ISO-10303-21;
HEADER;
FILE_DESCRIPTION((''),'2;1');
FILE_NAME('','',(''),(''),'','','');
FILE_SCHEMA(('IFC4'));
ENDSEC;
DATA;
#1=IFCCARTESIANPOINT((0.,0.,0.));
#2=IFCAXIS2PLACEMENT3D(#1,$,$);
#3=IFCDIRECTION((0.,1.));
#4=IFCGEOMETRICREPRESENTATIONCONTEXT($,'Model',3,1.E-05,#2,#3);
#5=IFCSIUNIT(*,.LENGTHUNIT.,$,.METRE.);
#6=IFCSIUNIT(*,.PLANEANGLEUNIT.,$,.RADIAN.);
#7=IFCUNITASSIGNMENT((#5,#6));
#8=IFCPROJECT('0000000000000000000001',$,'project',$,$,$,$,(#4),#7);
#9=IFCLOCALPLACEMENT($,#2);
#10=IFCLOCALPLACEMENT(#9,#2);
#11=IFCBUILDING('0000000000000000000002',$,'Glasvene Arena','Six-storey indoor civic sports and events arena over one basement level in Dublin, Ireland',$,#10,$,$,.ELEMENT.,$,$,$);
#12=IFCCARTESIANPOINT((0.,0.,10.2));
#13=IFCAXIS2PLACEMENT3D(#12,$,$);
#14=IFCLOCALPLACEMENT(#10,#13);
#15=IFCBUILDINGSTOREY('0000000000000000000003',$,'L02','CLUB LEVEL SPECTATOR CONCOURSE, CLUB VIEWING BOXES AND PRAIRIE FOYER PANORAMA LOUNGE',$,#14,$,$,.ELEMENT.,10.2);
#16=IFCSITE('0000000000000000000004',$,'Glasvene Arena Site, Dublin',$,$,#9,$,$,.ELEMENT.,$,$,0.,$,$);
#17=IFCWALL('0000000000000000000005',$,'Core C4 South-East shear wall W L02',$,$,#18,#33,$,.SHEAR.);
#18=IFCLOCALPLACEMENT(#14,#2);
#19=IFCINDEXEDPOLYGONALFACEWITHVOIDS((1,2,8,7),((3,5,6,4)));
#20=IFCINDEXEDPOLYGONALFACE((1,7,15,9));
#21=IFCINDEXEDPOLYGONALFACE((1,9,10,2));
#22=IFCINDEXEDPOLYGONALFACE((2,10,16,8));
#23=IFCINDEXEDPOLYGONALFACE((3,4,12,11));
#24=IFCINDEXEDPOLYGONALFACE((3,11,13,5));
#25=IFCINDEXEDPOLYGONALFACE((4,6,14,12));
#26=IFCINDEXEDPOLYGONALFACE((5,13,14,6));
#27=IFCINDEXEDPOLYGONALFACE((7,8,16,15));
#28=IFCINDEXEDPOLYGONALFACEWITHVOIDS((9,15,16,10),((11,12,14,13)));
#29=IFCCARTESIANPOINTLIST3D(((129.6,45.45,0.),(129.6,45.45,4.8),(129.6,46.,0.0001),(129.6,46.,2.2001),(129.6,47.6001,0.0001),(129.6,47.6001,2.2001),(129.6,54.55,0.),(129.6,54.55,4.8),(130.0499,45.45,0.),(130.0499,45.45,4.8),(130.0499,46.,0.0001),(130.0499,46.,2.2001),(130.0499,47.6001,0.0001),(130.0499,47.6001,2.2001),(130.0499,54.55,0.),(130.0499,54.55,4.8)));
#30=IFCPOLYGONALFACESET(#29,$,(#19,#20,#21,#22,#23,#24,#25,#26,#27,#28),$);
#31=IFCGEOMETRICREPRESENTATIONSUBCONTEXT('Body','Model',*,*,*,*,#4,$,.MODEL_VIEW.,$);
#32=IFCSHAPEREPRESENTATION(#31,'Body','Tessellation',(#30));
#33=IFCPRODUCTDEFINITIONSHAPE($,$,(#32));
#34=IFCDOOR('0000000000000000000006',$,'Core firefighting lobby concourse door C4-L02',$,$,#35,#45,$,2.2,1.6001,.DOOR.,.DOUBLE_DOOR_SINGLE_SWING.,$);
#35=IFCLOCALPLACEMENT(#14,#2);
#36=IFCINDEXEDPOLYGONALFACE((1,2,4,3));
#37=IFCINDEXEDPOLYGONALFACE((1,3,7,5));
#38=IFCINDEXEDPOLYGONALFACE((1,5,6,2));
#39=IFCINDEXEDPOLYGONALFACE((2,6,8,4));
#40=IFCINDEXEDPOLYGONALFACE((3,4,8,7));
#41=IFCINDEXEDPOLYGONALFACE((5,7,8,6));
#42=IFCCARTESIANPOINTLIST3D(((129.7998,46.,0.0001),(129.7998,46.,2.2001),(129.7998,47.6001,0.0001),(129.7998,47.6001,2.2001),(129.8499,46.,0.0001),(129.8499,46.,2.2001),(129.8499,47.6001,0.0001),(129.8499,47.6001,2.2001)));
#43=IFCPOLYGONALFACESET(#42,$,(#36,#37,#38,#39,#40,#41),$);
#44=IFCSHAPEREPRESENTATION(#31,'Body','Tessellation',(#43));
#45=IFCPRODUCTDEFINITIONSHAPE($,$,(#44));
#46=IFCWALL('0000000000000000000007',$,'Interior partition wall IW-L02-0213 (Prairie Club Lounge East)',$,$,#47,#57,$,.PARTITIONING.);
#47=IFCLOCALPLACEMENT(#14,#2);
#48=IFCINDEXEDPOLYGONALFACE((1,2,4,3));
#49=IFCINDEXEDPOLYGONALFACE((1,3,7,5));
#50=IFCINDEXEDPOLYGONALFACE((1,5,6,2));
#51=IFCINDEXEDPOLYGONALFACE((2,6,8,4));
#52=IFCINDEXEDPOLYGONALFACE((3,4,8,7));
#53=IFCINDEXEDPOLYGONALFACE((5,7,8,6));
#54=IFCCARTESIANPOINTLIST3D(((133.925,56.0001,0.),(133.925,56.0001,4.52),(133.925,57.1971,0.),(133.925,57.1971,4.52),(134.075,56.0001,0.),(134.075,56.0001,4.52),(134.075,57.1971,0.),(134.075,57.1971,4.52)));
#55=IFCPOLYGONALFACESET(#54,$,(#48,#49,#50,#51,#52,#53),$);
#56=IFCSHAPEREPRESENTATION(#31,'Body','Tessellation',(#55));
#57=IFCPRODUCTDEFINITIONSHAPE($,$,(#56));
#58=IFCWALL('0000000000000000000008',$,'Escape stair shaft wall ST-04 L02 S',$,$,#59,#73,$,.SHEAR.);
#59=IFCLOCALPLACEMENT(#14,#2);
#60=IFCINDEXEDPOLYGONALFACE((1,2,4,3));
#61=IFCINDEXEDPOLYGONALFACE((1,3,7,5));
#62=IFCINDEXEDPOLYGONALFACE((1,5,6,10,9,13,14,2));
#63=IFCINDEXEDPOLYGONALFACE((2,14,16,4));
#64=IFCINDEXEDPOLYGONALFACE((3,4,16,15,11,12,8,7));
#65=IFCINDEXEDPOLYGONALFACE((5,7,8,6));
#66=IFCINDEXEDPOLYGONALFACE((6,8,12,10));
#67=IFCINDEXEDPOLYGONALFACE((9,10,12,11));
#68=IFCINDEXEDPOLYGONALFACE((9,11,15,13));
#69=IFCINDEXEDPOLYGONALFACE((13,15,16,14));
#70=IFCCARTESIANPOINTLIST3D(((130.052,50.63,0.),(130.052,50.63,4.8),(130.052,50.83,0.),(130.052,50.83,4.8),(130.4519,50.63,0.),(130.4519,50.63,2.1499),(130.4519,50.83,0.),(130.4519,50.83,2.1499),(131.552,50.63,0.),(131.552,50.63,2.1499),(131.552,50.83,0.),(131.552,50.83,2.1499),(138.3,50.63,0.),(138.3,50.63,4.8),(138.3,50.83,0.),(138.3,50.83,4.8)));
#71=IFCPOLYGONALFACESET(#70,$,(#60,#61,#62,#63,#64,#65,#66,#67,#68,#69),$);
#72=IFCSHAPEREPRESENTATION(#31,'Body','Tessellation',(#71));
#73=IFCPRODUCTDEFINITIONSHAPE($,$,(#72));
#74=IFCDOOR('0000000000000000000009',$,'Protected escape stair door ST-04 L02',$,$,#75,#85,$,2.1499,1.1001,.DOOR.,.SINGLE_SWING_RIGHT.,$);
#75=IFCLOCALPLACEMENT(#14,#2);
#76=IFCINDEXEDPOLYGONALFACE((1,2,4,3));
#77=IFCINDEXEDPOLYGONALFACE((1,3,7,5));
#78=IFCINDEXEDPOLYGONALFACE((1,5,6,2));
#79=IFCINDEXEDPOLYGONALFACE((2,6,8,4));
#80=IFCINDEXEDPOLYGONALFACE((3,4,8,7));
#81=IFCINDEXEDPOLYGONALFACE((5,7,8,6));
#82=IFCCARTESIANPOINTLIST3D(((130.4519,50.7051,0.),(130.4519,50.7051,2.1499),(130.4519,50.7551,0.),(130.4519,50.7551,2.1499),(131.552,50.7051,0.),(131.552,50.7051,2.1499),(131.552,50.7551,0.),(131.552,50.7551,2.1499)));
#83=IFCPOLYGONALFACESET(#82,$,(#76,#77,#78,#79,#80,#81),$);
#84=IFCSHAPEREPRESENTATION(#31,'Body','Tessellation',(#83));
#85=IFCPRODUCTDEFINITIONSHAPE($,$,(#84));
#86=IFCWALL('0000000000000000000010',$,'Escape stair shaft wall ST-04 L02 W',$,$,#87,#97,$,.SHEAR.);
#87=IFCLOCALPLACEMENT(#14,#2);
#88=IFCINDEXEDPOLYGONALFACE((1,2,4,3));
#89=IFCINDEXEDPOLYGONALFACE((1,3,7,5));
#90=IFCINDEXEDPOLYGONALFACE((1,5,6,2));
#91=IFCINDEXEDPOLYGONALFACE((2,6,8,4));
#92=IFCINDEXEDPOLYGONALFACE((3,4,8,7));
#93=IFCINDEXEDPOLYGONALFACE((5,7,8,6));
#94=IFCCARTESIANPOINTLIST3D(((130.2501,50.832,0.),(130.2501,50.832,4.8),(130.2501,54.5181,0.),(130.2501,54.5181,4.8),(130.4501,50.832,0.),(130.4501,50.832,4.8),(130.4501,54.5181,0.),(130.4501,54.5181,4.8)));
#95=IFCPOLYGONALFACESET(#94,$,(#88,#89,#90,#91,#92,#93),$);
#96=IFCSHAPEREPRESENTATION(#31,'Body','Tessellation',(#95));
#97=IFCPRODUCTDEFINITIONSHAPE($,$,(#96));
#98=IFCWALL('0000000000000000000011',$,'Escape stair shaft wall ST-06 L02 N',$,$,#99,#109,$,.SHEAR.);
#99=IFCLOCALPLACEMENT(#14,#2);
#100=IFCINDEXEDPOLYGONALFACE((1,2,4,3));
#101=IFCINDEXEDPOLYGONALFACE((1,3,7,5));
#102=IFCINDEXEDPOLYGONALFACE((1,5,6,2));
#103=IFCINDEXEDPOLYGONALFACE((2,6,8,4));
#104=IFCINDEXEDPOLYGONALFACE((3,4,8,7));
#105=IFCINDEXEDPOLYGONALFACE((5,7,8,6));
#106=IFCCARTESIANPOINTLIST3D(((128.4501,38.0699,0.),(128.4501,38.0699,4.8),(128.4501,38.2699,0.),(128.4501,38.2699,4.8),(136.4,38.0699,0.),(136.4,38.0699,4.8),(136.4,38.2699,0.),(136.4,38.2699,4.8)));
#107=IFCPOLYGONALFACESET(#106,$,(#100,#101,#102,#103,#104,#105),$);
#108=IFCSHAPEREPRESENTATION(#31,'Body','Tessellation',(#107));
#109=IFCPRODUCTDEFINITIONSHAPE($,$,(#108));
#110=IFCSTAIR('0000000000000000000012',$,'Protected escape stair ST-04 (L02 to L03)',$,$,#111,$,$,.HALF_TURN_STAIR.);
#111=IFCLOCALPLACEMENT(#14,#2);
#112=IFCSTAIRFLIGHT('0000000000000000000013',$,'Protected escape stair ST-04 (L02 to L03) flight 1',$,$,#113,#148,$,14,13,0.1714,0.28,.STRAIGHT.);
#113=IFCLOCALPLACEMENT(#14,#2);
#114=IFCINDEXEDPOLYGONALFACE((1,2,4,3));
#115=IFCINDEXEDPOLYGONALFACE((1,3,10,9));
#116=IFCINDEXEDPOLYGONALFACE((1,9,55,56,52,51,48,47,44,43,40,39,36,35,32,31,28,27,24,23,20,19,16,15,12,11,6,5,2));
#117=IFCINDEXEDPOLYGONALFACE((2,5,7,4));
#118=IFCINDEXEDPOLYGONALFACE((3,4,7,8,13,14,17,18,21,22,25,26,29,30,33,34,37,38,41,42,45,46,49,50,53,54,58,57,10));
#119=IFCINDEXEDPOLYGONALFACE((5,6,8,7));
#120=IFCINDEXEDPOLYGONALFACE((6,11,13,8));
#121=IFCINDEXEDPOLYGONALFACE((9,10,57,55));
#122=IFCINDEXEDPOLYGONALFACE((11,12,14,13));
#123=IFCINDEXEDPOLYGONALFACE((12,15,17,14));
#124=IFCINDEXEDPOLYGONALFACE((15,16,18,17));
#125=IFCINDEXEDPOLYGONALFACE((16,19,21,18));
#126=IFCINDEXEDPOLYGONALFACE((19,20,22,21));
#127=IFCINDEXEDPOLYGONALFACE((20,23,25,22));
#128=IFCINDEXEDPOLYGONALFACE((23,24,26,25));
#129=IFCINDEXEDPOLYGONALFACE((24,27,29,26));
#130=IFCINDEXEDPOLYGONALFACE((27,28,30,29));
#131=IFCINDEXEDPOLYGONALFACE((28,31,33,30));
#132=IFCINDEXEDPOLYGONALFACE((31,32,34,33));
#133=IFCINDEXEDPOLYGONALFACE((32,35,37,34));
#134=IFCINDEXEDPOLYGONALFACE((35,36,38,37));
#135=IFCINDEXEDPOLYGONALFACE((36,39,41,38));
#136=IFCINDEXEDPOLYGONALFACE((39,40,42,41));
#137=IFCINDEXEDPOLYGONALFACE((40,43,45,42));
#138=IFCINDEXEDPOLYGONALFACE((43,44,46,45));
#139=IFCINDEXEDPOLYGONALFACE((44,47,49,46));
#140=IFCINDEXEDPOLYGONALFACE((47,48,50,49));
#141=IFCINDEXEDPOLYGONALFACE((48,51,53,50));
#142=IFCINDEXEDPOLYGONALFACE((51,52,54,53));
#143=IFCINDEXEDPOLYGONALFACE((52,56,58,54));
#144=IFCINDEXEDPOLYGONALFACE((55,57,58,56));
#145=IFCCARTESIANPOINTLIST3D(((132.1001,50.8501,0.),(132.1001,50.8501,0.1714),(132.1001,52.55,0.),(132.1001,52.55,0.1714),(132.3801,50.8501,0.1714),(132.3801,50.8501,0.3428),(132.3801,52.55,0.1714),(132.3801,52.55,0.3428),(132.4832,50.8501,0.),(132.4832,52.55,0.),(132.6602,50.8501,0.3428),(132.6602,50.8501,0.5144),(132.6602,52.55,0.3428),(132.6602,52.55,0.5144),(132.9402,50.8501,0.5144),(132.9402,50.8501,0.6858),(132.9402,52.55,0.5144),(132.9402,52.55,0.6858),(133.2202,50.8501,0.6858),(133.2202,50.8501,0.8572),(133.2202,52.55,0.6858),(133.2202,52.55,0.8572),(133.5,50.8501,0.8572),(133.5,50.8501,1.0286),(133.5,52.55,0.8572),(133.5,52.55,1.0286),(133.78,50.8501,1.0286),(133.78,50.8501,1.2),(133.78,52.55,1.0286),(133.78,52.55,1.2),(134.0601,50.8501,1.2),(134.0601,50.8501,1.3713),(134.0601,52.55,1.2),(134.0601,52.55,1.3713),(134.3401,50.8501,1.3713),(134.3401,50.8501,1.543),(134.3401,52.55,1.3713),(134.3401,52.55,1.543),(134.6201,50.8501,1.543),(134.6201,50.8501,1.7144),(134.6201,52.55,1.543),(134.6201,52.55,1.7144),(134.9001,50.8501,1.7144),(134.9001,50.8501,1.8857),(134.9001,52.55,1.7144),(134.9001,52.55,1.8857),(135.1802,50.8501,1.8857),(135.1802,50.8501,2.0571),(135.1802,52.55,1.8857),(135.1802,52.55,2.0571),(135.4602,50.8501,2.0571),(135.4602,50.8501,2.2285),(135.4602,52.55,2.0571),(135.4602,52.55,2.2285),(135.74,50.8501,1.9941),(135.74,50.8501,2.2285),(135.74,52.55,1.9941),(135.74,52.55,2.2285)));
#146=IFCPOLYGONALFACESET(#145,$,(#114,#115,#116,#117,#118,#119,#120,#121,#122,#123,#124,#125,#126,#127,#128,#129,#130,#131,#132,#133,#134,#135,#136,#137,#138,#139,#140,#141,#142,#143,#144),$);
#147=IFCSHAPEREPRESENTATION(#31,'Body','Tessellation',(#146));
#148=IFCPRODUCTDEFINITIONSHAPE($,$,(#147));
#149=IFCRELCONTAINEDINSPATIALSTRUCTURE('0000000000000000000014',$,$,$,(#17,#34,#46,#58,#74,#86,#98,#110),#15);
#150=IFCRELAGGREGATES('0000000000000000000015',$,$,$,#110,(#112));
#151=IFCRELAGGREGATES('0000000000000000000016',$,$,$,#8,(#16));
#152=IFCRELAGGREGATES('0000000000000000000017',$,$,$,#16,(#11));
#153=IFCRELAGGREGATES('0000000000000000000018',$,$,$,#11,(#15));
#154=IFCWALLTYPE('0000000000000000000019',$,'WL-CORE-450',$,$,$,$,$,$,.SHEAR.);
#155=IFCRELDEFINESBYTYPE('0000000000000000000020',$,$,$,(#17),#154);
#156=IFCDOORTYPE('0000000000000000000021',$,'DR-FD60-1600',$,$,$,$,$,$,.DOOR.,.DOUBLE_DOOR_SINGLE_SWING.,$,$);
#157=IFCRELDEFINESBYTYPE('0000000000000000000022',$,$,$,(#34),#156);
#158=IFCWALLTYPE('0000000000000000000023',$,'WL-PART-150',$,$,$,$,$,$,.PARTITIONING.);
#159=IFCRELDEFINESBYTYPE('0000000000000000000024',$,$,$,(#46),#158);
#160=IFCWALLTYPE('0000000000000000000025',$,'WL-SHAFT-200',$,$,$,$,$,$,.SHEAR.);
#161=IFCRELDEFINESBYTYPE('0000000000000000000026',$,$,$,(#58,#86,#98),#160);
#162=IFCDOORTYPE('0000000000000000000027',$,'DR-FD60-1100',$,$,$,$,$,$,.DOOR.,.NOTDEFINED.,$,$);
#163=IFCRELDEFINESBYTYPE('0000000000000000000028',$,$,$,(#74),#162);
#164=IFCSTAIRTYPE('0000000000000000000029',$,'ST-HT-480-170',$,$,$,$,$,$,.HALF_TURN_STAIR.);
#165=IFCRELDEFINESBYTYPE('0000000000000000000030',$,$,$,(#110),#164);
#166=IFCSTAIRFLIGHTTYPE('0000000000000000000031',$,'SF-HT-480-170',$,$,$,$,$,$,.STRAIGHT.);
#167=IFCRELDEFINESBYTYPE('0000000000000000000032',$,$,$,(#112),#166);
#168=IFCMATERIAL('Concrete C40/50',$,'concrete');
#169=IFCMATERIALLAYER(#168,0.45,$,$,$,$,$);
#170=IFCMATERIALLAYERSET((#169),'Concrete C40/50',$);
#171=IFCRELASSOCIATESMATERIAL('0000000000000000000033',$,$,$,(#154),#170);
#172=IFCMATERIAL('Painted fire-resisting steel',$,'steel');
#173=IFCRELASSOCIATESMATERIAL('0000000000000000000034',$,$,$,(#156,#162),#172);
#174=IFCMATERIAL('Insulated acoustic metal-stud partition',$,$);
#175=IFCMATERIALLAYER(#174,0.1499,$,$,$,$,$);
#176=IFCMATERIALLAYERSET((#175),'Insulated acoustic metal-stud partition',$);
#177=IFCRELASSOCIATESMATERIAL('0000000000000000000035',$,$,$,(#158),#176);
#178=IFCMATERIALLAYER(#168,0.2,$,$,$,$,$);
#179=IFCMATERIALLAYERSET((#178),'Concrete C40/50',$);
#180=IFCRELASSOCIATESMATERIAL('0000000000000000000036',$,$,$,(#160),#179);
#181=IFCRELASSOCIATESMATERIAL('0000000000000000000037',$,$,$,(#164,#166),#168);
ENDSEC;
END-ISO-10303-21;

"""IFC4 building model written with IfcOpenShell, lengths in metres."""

from ifc_helpers import new_model, si_unit, direction, frame, frame_2d, origin, place, context, subcontext, project, spatial, polyline, rectangle, outline, extrude, material, layer, layer_set, type_object, element, fill, aggregate, save


model = new_model("IFC4")

# Units and contexts
model_context = context("Model", 3, precision=1e-05, world=origin(), true_north=direction((0.0, 1.0)))
body_context = subcontext(model_context, "Body", "Model", "MODEL_VIEW")
ifc_project = project(units=[si_unit("LENGTHUNIT", "METRE"), si_unit("PLANEANGLEUNIT", "RADIAN")], contexts=[model_context])

# Site, building, storey
site_placement = place(None, origin())
site = spatial("IfcSite", under=ifc_project, at=site_placement, Name="Glasvene Arena Site, Dublin", CompositionType="ELEMENT", RefElevation=0.0)
building_placement = place(site_placement, origin())
building = spatial("IfcBuilding", under=site, at=building_placement, Name="Glasvene Arena", Description="Six-storey indoor civic sports and events arena over one basement level in Dublin, Ireland", CompositionType="ELEMENT")
storey_placement = place(building_placement, frame((0.0, 0.0, 10.2)))
storey = spatial("IfcBuildingStorey", under=building, at=storey_placement, Name="L02", Description="CLUB LEVEL SPECTATOR CONCOURSE, CLUB VIEWING BOXES AND PRAIRIE FOYER PANORAMA LOUNGE", CompositionType="ELEMENT", Elevation=10.2)

# Shared definitions
ifc_material_1 = material(Name="Concrete C40/50", Category="concrete")

# Shared definitions
ifc_layer_1 = layer(ifc_material_1, 0.45)
ifc_layer_set_1 = layer_set([ifc_layer_1], Name="Concrete C40/50")
wall_type_1 = type_object("IfcWallType", Name="WL-CORE-450", PredefinedType="SHEAR", material=ifc_layer_set_1)

# Wall, opening, door
wall_1_placement = place(storey_placement, frame((129.825, 45.45, 0.0), z_axis=(0.0, 0.0, 1.0), x_axis=(0.0, 1.0, 0.0)))
wall_1 = element("IfcWall", 1, at=wall_1_placement, inside=storey, type_object=wall_type_1, Name="Core C4 South-East shear wall W L02", PredefinedType="SHEAR", context=body_context, shape_type="SweptSolid", body=[
    extrude(rectangle(XDim=9.1001, YDim=0.45, at=frame_2d((4.55, 0.0))), origin(), (0.0, 0.0, 1.0), 4.8),
])
opening_1_placement = place(wall_1_placement, frame((0.55, 0.0, 0.0)))
opening_1 = element("IfcOpeningElement", 2, at=opening_1_placement, cuts=wall_1, PredefinedType="OPENING", context=body_context, shape_type="SweptSolid", body=[
    extrude(rectangle(XDim=1.6001, YDim=2.2, at=frame_2d((0.8, 1.1001))), frame((0.0, 0.2349, 0.0), z_axis=(0.0, -1.0, 0.0), x_axis=(1.0, 0.0, 0.0)), (0.0, 0.0, 1.0), 0.47),
])
ifc_material_2 = material(Name="Painted fire-resisting steel", Category="steel")
door_type_1 = type_object("IfcDoorType", Name="DR-FD60-1600", OperationType="DOUBLE_DOOR_SINGLE_SWING", PredefinedType="DOOR", material=ifc_material_2)
door_1_placement = place(opening_1_placement, frame((1.6001, 0.0, 0.0), z_axis=(0.0, 0.0, 1.0), x_axis=(-1.0, 0.0, 0.0)))
door_1 = element("IfcDoor", 3, at=door_1_placement, inside=storey, type_object=door_type_1, Name="Core firefighting lobby concourse door C4-L02", OperationType="DOUBLE_DOOR_SINGLE_SWING", OverallHeight=2.2, OverallWidth=1.6001, PredefinedType="DOOR", context=body_context, shape_type="SweptSolid", body=[
    extrude(rectangle(XDim=1.6001, YDim=2.2, at=frame_2d((0.8, 1.1001))), frame((0.0, 0.0249, 0.0), z_axis=(0.0, -1.0, 0.0), x_axis=(1.0, 0.0, 0.0)), (0.0, 0.0, 1.0), 0.05),
])
fill(opening_1, door_1)

# Wall
ifc_material_3 = material(Name="Insulated acoustic metal-stud partition")
ifc_layer_2 = layer(ifc_material_3, 0.1499)
ifc_layer_set_2 = layer_set([ifc_layer_2], Name="Insulated acoustic metal-stud partition")
wall_type_2 = type_object("IfcWallType", Name="WL-PART-150", PredefinedType="PARTITIONING", material=ifc_layer_set_2)
wall_2_placement = place(storey_placement, frame((134.0, 56.0, 0.0), z_axis=(0.0, 0.0, 1.0), x_axis=(0.0, 1.0, 0.0)))
element("IfcWall", 4, at=wall_2_placement, inside=storey, type_object=wall_type_2, Name="Interior partition wall IW-L02-0213 (Prairie Club Lounge East)", PredefinedType="PARTITIONING", context=body_context, shape_type="SweptSolid", body=[
    extrude(rectangle(XDim=1.197, YDim=0.1499, at=frame_2d((0.5986, 0.0))), origin(), (0.0, 0.0, 1.0), 4.52),
])

# Wall, opening, door
ifc_layer_3 = layer(ifc_material_1, 0.2)
ifc_layer_set_3 = layer_set([ifc_layer_3], Name="Concrete C40/50")
wall_type_3 = type_object("IfcWallType", Name="WL-SHAFT-200", PredefinedType="SHEAR", material=ifc_layer_set_3)
wall_3_placement = place(storey_placement, frame((130.052, 50.73, 0.0), z_axis=(0.0, 0.0, 1.0), x_axis=(1.0, 0.0, 0.0)))
wall_3 = element("IfcWall", 5, at=wall_3_placement, inside=storey, type_object=wall_type_3, Name="Escape stair shaft wall ST-04 L02 S", PredefinedType="SHEAR", context=body_context, shape_type="SweptSolid", body=[
    extrude(rectangle(XDim=8.248, YDim=0.2, at=frame_2d((4.124, 0.0))), origin(), (0.0, 0.0, 1.0), 4.8),
])
opening_2_placement = place(wall_3_placement, frame((0.3999, 0.0, 0.0)))
opening_2 = element("IfcOpeningElement", 6, at=opening_2_placement, cuts=wall_3, PredefinedType="OPENING", context=body_context, shape_type="SweptSolid", body=[
    extrude(rectangle(XDim=1.1001, YDim=2.1499, at=frame_2d((0.55, 1.075))), frame((0.0, 0.1099, 0.0), z_axis=(0.0, -1.0, 0.0), x_axis=(1.0, 0.0, 0.0)), (0.0, 0.0, 1.0), 0.22),
])
door_type_2 = type_object("IfcDoorType", Name="DR-FD60-1100", OperationType="NOTDEFINED", PredefinedType="DOOR", material=ifc_material_2)
door_2_placement = place(opening_2_placement, frame((1.1001, 0.0, 0.0), z_axis=(0.0, 0.0, 1.0), x_axis=(-1.0, 0.0, 0.0)))
door_2 = element("IfcDoor", 7, at=door_2_placement, inside=storey, type_object=door_type_2, Name="Protected escape stair door ST-04 L02", OperationType="SINGLE_SWING_RIGHT", OverallHeight=2.1499, OverallWidth=1.1001, PredefinedType="DOOR", context=body_context, shape_type="SweptSolid", body=[
    extrude(rectangle(XDim=1.1001, YDim=2.1499, at=frame_2d((0.55, 1.075))), frame((0.0, 0.0249, 0.0), z_axis=(0.0, -1.0, 0.0), x_axis=(1.0, 0.0, 0.0)), (0.0, 0.0, 1.0), 0.05),
])
fill(opening_2, door_2)

# Walls
wall_4_placement = place(storey_placement, frame((130.3501, 50.832, 0.0), z_axis=(0.0, 0.0, 1.0), x_axis=(0.0, 1.0, 0.0)))
element("IfcWall", 8, at=wall_4_placement, inside=storey, type_object=wall_type_3, Name="Escape stair shaft wall ST-04 L02 W", PredefinedType="SHEAR", context=body_context, shape_type="SweptSolid", body=[
    extrude(rectangle(XDim=3.686, YDim=0.2, at=frame_2d((1.843, 0.0))), origin(), (0.0, 0.0, 1.0), 4.8),
])
wall_5_placement = place(storey_placement, frame((128.45, 38.1699, 0.0), z_axis=(0.0, 0.0, 1.0), x_axis=(1.0, 0.0, 0.0)))
element("IfcWall", 9, at=wall_5_placement, inside=storey, type_object=wall_type_3, Name="Escape stair shaft wall ST-06 L02 N", PredefinedType="SHEAR", context=body_context, shape_type="SweptSolid", body=[
    extrude(rectangle(XDim=7.95, YDim=0.2, at=frame_2d((3.9751, 0.0))), origin(), (0.0, 0.0, 1.0), 4.8),
])

# Stair, stair flight
stair_type = type_object("IfcStairType", Name="ST-HT-480-170", PredefinedType="HALF_TURN_STAIR", material=ifc_material_1)
stair_placement = place(storey_placement, origin())
stair = element("IfcStair", 10, at=stair_placement, inside=storey, type_object=stair_type, Name="Protected escape stair ST-04 (L02 to L03)", PredefinedType="HALF_TURN_STAIR")
stair_flight_type = type_object("IfcStairFlightType", Name="SF-HT-480-170", PredefinedType="STRAIGHT", material=ifc_material_1)
stair_flight_placement = place(storey_placement, frame((132.1001, 51.7, 0.0), z_axis=(0.0, 0.0, 1.0), x_axis=(1.0, 0.0, 0.0)))
stair_flight = element("IfcStairFlight", 11, at=stair_flight_placement, type_object=stair_flight_type, Name="Protected escape stair ST-04 (L02 to L03) flight 1", NumberOfRisers=14, NumberOfTreads=13, PredefinedType="STRAIGHT", RiserHeight=0.1714, TreadLength=0.28, context=body_context, shape_type="SweptSolid", body=[
    extrude(outline(polyline([(0.0, 0.0), (0.0, 0.1714), (0.28, 0.1714), (0.28, 0.3428), (0.5601, 0.3428), (0.5601, 0.5144), (0.8401, 0.5144), (0.8401, 0.6858), (1.1201, 0.6858), (1.1201, 0.8572), (1.3999, 0.8572), (1.3999, 1.0286), (1.6799, 1.0286), (1.6799, 1.2), (1.96, 1.2), (1.96, 1.3713), (2.24, 1.3713), (2.24, 1.543), (2.52, 1.543), (2.52, 1.7144), (2.8, 1.7144), (2.8, 1.8857), (3.0801, 1.8857), (3.0801, 2.0571), (3.3601, 2.0571), (3.3601, 2.2285), (3.6399, 2.2285), (3.6399, 2.3999), (3.6399, 1.9941), (0.3831, 0.0), (0.0, 0.0)])), frame((0.0, 0.8501, 0.0), z_axis=(0.0, -1.0, 0.0), x_axis=(1.0, 0.0, 0.0)), (0.0, 0.0, 1.0), 1.7),
])
aggregate(stair, [stair_flight])

save(model, "model.ifc")
